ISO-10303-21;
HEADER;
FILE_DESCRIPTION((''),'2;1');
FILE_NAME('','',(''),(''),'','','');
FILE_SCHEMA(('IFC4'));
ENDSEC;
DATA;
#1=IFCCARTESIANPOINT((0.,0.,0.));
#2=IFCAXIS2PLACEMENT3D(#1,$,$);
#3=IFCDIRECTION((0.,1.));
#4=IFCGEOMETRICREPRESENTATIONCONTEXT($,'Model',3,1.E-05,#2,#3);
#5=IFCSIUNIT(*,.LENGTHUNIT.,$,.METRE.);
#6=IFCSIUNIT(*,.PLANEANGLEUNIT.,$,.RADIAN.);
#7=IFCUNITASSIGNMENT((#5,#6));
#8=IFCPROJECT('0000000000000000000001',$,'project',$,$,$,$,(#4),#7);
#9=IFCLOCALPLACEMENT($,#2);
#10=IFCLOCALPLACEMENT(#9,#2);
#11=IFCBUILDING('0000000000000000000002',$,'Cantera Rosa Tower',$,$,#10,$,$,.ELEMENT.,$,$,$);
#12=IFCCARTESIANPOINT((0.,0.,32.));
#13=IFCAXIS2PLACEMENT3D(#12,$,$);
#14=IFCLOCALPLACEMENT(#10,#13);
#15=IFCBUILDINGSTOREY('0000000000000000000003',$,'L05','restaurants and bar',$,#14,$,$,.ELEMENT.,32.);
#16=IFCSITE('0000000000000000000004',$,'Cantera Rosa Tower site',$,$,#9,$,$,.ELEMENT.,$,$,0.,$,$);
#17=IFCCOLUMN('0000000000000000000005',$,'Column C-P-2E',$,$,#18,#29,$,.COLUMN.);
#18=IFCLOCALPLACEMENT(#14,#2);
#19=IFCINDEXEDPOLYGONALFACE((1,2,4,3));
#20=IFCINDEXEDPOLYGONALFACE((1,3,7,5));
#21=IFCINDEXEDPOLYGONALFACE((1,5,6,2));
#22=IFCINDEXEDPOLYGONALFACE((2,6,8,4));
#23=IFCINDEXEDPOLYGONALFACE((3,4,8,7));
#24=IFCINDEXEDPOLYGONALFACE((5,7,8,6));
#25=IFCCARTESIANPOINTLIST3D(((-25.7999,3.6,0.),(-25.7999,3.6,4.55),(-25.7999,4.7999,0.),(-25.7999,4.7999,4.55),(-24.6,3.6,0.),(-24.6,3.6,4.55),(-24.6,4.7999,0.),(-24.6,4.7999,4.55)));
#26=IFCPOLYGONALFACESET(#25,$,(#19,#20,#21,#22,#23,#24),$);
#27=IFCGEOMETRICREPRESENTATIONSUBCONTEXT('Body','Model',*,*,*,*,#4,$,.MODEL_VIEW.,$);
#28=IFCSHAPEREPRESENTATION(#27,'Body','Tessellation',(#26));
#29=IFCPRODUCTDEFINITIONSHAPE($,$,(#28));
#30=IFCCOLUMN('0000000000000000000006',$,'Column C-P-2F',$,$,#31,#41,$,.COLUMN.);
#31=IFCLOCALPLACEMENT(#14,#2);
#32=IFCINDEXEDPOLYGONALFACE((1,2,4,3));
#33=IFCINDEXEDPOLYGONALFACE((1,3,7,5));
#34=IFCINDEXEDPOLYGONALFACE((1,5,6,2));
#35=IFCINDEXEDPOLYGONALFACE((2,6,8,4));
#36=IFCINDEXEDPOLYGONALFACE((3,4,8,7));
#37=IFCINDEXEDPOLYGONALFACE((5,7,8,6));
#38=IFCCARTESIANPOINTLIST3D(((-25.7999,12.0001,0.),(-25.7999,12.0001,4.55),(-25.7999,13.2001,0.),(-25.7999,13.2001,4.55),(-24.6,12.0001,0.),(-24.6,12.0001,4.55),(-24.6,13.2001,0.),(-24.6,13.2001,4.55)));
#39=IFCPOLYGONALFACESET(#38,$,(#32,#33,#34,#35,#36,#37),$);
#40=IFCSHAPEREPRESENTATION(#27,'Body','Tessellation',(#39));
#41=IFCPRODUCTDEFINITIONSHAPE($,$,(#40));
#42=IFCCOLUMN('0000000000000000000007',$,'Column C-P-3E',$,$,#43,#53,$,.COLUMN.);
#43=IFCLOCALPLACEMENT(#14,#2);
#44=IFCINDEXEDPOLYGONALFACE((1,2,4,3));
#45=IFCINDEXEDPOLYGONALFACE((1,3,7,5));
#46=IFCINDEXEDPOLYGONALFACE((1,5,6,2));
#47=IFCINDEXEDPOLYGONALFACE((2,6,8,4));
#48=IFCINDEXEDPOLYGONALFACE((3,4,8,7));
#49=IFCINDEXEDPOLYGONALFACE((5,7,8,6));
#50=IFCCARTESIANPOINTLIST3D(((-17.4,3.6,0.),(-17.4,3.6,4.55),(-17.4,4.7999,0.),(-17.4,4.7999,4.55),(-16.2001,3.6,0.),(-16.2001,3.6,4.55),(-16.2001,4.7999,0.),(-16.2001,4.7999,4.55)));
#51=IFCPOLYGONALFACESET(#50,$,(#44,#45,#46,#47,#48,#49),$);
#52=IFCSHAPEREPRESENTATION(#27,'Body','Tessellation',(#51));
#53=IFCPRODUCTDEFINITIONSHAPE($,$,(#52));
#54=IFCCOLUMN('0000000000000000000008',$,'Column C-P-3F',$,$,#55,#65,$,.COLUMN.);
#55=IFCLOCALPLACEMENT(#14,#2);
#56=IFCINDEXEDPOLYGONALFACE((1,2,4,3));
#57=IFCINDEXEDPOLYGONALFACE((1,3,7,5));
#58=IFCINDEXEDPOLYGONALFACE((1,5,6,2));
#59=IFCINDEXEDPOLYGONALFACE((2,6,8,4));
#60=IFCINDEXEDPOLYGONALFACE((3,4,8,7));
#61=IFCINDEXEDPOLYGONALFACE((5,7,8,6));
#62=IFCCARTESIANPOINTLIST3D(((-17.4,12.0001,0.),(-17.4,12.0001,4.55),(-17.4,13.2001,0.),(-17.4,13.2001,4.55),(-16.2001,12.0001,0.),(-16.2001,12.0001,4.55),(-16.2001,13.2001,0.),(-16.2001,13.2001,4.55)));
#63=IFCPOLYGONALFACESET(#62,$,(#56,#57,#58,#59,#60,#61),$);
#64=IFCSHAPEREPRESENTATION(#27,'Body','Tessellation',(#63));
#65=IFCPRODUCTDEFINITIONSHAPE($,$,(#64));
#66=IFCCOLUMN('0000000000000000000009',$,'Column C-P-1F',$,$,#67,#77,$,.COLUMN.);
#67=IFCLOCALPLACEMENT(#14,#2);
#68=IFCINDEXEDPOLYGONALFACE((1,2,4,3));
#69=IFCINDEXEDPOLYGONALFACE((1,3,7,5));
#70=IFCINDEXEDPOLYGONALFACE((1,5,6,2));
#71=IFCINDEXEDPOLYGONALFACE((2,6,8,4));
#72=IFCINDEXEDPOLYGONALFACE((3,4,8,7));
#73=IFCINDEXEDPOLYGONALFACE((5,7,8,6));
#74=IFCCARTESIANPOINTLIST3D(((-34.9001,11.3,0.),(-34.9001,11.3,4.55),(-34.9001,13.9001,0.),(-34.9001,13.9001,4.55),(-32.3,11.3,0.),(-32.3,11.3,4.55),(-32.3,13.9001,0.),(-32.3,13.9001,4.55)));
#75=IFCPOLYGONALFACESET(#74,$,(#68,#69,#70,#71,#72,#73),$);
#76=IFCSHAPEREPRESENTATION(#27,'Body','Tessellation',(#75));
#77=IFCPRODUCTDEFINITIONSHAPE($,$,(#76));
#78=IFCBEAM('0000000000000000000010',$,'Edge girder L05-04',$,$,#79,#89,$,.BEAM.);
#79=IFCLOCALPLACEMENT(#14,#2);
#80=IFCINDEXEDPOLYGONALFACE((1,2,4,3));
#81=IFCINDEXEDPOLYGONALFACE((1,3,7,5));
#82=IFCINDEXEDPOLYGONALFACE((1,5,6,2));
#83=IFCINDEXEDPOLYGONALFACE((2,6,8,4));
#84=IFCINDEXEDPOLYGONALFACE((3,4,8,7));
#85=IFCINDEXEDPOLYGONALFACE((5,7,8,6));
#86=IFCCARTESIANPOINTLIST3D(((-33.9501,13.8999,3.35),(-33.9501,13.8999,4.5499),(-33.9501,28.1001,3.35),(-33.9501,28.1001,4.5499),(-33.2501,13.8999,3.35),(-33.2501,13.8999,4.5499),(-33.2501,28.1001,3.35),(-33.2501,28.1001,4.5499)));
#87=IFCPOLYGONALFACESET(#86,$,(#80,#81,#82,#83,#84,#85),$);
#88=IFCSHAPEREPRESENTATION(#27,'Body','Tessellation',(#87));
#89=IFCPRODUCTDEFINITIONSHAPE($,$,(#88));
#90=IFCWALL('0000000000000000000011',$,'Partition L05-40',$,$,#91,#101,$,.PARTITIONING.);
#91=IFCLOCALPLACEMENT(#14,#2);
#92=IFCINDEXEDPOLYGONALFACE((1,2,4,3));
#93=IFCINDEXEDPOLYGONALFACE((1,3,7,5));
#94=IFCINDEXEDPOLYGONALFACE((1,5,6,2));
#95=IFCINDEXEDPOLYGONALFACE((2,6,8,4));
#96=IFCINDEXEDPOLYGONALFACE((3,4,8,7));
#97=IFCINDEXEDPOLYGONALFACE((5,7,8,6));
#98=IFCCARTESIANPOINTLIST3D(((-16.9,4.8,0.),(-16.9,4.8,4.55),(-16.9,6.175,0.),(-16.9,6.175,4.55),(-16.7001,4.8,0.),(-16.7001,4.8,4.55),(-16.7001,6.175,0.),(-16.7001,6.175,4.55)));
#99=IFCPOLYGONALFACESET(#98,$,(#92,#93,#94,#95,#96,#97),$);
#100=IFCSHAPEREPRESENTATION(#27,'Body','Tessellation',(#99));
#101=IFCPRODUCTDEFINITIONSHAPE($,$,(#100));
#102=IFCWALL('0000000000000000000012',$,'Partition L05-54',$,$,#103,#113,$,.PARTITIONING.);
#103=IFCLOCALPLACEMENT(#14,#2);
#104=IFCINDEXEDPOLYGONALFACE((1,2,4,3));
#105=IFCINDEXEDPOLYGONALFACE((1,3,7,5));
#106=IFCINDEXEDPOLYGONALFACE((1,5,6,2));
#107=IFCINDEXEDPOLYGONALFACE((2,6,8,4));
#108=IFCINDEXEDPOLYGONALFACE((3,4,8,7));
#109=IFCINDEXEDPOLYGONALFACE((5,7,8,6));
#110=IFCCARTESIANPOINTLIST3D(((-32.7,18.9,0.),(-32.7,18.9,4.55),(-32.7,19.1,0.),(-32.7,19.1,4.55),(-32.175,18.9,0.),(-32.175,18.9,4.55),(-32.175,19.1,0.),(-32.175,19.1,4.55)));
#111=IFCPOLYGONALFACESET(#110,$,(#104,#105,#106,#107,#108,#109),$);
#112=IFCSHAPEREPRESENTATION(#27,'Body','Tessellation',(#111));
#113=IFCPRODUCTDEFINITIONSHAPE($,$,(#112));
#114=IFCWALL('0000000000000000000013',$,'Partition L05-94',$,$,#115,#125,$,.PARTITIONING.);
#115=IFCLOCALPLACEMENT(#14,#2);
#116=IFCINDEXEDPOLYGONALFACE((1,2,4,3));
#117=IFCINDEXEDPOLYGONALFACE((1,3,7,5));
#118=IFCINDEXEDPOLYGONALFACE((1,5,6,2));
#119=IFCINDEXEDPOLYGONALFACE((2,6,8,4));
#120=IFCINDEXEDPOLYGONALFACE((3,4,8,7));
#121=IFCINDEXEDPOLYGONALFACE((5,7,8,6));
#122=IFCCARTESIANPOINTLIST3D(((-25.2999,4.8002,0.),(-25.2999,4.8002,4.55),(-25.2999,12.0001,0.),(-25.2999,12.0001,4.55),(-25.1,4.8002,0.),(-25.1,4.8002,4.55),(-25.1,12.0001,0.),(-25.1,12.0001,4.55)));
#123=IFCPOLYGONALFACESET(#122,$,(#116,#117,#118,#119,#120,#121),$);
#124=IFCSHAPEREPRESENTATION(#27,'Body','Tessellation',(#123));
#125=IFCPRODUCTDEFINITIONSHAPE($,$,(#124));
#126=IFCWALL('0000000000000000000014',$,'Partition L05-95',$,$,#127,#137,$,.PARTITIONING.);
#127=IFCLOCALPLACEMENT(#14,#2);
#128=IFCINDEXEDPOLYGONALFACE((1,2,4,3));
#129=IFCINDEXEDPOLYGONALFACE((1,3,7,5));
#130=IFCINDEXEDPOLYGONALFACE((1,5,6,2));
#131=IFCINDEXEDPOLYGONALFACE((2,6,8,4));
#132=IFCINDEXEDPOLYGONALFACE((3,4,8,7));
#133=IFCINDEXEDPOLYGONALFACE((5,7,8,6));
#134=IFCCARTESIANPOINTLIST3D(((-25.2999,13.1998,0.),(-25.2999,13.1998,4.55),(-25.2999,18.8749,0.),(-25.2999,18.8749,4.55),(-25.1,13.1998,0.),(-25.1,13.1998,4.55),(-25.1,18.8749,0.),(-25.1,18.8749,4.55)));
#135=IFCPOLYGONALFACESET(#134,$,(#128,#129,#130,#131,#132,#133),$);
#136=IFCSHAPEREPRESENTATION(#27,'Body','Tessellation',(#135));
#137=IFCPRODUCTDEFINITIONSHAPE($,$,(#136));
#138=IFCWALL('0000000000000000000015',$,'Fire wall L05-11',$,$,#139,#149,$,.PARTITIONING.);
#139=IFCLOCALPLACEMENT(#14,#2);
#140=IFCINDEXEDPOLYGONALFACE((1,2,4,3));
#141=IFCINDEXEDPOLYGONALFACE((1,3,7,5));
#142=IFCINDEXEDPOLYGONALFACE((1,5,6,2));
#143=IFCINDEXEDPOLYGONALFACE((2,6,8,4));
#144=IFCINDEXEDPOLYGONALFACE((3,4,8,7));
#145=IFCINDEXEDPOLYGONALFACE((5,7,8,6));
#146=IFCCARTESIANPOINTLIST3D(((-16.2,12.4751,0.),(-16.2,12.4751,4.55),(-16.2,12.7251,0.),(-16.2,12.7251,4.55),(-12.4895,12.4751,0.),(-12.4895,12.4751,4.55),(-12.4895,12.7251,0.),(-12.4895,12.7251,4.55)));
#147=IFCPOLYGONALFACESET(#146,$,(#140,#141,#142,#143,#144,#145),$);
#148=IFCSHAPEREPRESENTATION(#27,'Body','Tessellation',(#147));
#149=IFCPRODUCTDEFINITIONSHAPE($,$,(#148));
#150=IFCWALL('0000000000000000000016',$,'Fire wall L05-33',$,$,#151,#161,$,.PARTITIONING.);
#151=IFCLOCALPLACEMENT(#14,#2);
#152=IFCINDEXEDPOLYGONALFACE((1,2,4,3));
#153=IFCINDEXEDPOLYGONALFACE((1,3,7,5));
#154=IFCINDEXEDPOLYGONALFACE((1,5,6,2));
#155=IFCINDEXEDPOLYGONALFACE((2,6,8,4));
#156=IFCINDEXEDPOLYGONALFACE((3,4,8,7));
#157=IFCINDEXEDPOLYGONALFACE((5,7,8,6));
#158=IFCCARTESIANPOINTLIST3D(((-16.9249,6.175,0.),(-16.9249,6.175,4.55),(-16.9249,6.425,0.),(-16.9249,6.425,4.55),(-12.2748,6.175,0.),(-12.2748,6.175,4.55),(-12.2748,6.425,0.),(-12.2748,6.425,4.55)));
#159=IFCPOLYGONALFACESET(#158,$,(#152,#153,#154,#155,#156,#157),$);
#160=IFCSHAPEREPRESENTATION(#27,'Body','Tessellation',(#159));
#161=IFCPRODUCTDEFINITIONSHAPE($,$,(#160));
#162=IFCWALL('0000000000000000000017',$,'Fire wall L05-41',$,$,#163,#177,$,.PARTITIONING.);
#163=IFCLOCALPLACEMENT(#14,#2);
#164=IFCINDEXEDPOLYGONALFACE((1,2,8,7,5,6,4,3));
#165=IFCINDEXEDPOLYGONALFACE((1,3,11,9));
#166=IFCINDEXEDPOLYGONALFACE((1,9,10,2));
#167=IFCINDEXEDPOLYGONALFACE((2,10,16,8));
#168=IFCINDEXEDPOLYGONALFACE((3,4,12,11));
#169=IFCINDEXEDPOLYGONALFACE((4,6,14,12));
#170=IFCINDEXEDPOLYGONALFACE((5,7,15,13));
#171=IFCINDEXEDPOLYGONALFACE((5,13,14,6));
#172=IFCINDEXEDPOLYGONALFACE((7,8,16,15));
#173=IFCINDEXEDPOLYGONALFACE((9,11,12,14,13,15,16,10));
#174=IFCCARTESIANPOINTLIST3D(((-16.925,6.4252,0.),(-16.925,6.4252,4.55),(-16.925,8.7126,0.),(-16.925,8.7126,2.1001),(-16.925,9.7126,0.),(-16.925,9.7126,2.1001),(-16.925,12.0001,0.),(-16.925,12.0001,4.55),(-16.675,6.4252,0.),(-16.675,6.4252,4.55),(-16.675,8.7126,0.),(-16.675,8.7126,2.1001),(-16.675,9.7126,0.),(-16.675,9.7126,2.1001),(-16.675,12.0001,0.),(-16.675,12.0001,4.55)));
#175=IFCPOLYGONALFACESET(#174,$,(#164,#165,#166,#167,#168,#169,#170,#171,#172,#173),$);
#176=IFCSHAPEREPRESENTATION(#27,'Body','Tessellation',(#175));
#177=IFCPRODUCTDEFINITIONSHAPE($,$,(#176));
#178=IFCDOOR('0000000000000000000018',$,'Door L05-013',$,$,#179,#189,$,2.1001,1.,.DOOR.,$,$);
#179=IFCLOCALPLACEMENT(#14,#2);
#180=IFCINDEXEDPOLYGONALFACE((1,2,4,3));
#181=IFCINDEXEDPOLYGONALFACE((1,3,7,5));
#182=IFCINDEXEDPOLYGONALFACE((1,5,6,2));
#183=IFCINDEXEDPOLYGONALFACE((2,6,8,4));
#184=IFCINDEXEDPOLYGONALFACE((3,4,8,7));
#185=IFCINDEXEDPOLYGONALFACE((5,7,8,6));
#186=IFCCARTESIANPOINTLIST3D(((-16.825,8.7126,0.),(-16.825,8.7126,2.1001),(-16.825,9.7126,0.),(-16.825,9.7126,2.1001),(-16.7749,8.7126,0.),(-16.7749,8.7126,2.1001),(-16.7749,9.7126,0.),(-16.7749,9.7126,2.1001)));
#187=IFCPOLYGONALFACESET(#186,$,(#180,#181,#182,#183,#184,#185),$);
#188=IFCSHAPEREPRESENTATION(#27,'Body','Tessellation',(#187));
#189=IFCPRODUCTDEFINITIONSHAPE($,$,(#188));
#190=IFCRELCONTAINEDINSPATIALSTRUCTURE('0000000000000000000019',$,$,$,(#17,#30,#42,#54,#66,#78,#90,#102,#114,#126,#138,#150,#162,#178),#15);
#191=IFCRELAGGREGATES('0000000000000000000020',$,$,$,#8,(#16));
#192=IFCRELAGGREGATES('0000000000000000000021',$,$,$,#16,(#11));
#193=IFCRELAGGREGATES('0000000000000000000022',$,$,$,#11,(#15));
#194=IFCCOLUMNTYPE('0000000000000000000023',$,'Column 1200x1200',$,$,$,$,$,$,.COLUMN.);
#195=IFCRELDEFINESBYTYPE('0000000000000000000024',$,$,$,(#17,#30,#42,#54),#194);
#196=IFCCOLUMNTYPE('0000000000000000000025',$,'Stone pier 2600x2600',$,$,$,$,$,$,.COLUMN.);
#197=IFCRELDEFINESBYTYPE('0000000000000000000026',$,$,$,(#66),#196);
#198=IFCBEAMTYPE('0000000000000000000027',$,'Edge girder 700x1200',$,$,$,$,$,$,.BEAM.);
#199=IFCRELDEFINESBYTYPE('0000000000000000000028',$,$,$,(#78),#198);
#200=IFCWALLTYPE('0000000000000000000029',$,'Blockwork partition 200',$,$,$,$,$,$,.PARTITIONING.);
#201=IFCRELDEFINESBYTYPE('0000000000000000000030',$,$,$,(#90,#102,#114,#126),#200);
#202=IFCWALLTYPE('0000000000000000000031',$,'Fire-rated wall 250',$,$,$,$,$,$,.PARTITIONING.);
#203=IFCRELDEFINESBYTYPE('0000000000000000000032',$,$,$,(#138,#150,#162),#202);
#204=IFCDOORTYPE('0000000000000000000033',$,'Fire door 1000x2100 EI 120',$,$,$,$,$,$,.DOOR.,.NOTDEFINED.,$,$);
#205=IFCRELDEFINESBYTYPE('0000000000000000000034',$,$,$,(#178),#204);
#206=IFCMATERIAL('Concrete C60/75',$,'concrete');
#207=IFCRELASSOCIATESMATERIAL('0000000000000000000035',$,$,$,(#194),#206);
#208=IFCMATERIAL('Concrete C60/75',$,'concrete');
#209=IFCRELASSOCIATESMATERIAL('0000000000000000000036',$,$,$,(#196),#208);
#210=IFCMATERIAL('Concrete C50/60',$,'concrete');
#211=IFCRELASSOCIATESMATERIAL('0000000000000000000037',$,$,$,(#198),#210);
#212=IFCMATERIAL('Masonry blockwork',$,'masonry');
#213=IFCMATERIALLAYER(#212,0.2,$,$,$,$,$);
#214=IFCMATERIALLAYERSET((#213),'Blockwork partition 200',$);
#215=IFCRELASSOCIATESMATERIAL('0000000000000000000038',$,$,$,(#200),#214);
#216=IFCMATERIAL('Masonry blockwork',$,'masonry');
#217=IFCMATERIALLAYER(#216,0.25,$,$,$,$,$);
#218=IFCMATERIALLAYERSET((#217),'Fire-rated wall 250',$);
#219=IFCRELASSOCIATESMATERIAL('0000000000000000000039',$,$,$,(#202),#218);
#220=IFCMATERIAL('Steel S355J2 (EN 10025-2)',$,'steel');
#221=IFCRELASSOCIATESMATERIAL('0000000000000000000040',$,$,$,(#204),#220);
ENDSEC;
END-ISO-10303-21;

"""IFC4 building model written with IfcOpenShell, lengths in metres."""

from ifc_helpers import new_model, si_unit, direction, frame, frame_2d, origin, origin_2d, place, context, subcontext, project, spatial, rectangle, extrude, material, layer, layer_set, material_profile, profile_set, type_object, element, fill, save


model = new_model("IFC4")

# Units and contexts
model_context = context("Model", 3, precision=1e-05, world=origin(), true_north=direction((0.0, 1.0)))
body_context = subcontext(model_context, "Body", "Model", "MODEL_VIEW")
ifc_project = project(units=[si_unit("LENGTHUNIT", "METRE"), si_unit("PLANEANGLEUNIT", "RADIAN")], contexts=[model_context])

# Site, building, storey
site_placement = place(None, origin())
site = spatial("IfcSite", under=ifc_project, at=site_placement, Name="Cantera Rosa Tower site", CompositionType="ELEMENT", RefElevation=0.0)
building_placement = place(site_placement, origin())
building = spatial("IfcBuilding", under=site, at=building_placement, Name="Cantera Rosa Tower", CompositionType="ELEMENT")
storey_placement = place(building_placement, frame((0.0, 0.0, 32.0)))
storey = spatial("IfcBuildingStorey", under=building, at=storey_placement, Name="L05", Description="restaurants and bar", CompositionType="ELEMENT", Elevation=32.0)

# Columns
ifc_material_1 = material(Name="Concrete C60/75", Category="concrete")
ifc_material_profile_1 = material_profile(ifc_material_1, rectangle(XDim=1.2, YDim=1.2, at=origin_2d()), Name="Column 1200x1200")
ifc_profile_set_1 = profile_set([ifc_material_profile_1], Name="Concrete C60/75")
column_type_1 = type_object("IfcColumnType", Name="Column 1200x1200", PredefinedType="COLUMN", material=ifc_profile_set_1)
for number, where, z_axis, x_axis, name in (
    (1, (-25.2, 4.2, 0.0), (0.0, 0.0, 1.0), (1.0, 0.0, 0.0), "Column C-P-2E"),
    (2, (-25.2, 12.6001, 0.0), (0.0, 0.0, 1.0), (1.0, 0.0, 0.0), "Column C-P-2F"),
    (3, (-16.8, 4.2, 0.0), (0.0, 0.0, 1.0), (1.0, 0.0, 0.0), "Column C-P-3E"),
    (4, (-16.8, 12.6001, 0.0), (0.0, 0.0, 1.0), (1.0, 0.0, 0.0), "Column C-P-3F"),
):
    element("IfcColumn", number, at=place(storey_placement, frame(where, z_axis=z_axis, x_axis=x_axis)), inside=storey, type_object=column_type_1, Name=name, PredefinedType="COLUMN", context=body_context, shape_type="SweptSolid", body=[
        extrude(rectangle(XDim=1.2, YDim=1.2, at=origin_2d()), origin(), (0.0, 0.0, 1.0), 4.55),
    ])
ifc_material_2 = material(Name="Concrete C60/75", Category="concrete")
ifc_material_profile_2 = material_profile(ifc_material_2, rectangle(XDim=2.6001, YDim=2.6001, at=origin_2d()), Name="Stone pier 2600x2600")
ifc_profile_set_2 = profile_set([ifc_material_profile_2], Name="Concrete C60/75")
column_type_2 = type_object("IfcColumnType", Name="Stone pier 2600x2600", PredefinedType="COLUMN", material=ifc_profile_set_2)
column_placement = place(storey_placement, frame((-33.6001, 12.6001, 0.0), z_axis=(0.0, 0.0, 1.0), x_axis=(1.0, 0.0, 0.0)))
element("IfcColumn", 5, at=column_placement, inside=storey, type_object=column_type_2, Name="Column C-P-1F", PredefinedType="COLUMN", context=body_context, shape_type="SweptSolid", body=[
    extrude(rectangle(XDim=2.6001, YDim=2.6001, at=origin_2d()), origin(), (0.0, 0.0, 1.0), 4.55),
])

# Beam
ifc_material_3 = material(Name="Concrete C50/60", Category="concrete")
ifc_material_profile_3 = material_profile(ifc_material_3, rectangle(XDim=0.7, YDim=1.2, at=origin_2d()), Name="Edge girder 700x1200")
ifc_profile_set_3 = profile_set([ifc_material_profile_3], Name="Concrete C50/60")
beam_type = type_object("IfcBeamType", Name="Edge girder 700x1200", PredefinedType="BEAM", material=ifc_profile_set_3)
beam_placement = place(storey_placement, frame((-33.6001, 13.8999, 3.95), z_axis=(0.0, 1.0, 0.0), x_axis=(-1.0, 0.0, 0.0)))
element("IfcBeam", 6, at=beam_placement, inside=storey, type_object=beam_type, Name="Edge girder L05-04", PredefinedType="BEAM", context=body_context, shape_type="SweptSolid", body=[
    extrude(rectangle(XDim=0.7, YDim=1.2, at=origin_2d()), origin(), (0.0, 0.0, 1.0), 14.2002),
])

# Walls
ifc_material_4 = material(Name="Masonry blockwork", Category="masonry")
ifc_layer_1 = layer(ifc_material_4, 0.2)
ifc_layer_set_1 = layer_set([ifc_layer_1], Name="Blockwork partition 200")
wall_type_1 = type_object("IfcWallType", Name="Blockwork partition 200", PredefinedType="PARTITIONING", material=ifc_layer_set_1)
wall_1_placement = place(storey_placement, frame((-16.8, 4.8, 0.0), z_axis=(0.0, 0.0, 1.0), x_axis=(0.0, 1.0, 0.0)))
element("IfcWall", 7, at=wall_1_placement, inside=storey, type_object=wall_type_1, Name="Partition L05-40", PredefinedType="PARTITIONING", context=body_context, shape_type="SweptSolid", body=[
    extrude(rectangle(XDim=1.375, YDim=0.2, at=frame_2d((0.6875, 0.0))), origin(), (0.0, 0.0, 1.0), 4.55),
])
wall_2_placement = place(storey_placement, frame((-32.7, 19.0, 0.0), z_axis=(0.0, 0.0, 1.0), x_axis=(1.0, 0.0, 0.0)))
element("IfcWall", 8, at=wall_2_placement, inside=storey, type_object=wall_type_1, Name="Partition L05-54", PredefinedType="PARTITIONING", context=body_context, shape_type="SweptSolid", body=[
    extrude(rectangle(XDim=0.5249, YDim=0.2, at=frame_2d((0.2625, 0.0))), origin(), (0.0, 0.0, 1.0), 4.55),
])
wall_3_placement = place(storey_placement, frame((-25.2, 4.8, 0.0), z_axis=(0.0, 0.0, 1.0), x_axis=(0.0, 1.0, 0.0)))
element("IfcWall", 9, at=wall_3_placement, inside=storey, type_object=wall_type_1, Name="Partition L05-94", PredefinedType="PARTITIONING", context=body_context, shape_type="SweptSolid", body=[
    extrude(rectangle(XDim=7.2, YDim=0.2, at=frame_2d((3.6001, 0.0))), origin(), (0.0, 0.0, 1.0), 4.55),
])
wall_4_placement = place(storey_placement, frame((-25.2, 13.2, 0.0), z_axis=(0.0, 0.0, 1.0), x_axis=(0.0, 1.0, 0.0)))
element("IfcWall", 10, at=wall_4_placement, inside=storey, type_object=wall_type_1, Name="Partition L05-95", PredefinedType="PARTITIONING", context=body_context, shape_type="SweptSolid", body=[
    extrude(rectangle(XDim=5.675, YDim=0.2, at=frame_2d((2.8374, 0.0))), origin(), (0.0, 0.0, 1.0), 4.55),
])
ifc_material_5 = material(Name="Masonry blockwork", Category="masonry")
ifc_layer_2 = layer(ifc_material_5, 0.25)
ifc_layer_set_2 = layer_set([ifc_layer_2], Name="Fire-rated wall 250")
wall_type_2 = type_object("IfcWallType", Name="Fire-rated wall 250", PredefinedType="PARTITIONING", material=ifc_layer_set_2)
wall_5_placement = place(storey_placement, frame((-16.2, 12.6001, 0.0), z_axis=(0.0, 0.0, 1.0), x_axis=(1.0, 0.0, 0.0)))
element("IfcWall", 11, at=wall_5_placement, inside=storey, type_object=wall_type_2, Name="Fire wall L05-11", PredefinedType="PARTITIONING", context=body_context, shape_type="SweptSolid", body=[
    extrude(rectangle(XDim=3.7104, YDim=0.25, at=frame_2d((1.8552, 0.0))), origin(), (0.0, 0.0, 1.0), 4.55),
])
wall_6_placement = place(storey_placement, frame((-16.925, 6.3, 0.0), z_axis=(0.0, 0.0, 1.0), x_axis=(1.0, 0.0, 0.0)))
element("IfcWall", 12, at=wall_6_placement, inside=storey, type_object=wall_type_2, Name="Fire wall L05-33", PredefinedType="PARTITIONING", context=body_context, shape_type="SweptSolid", body=[
    extrude(rectangle(XDim=4.6501, YDim=0.25, at=frame_2d((2.3252, 0.0))), origin(), (0.0, 0.0, 1.0), 4.55),
])

# Wall, opening, door
wall_7_placement = place(storey_placement, frame((-16.8, 6.425, 0.0), z_axis=(0.0, 0.0, 1.0), x_axis=(0.0, 1.0, 0.0)))
wall_7 = element("IfcWall", 13, at=wall_7_placement, inside=storey, type_object=wall_type_2, Name="Fire wall L05-41", PredefinedType="PARTITIONING", context=body_context, shape_type="SweptSolid", body=[
    extrude(rectangle(XDim=5.575, YDim=0.25, at=frame_2d((2.7876, 0.0))), origin(), (0.0, 0.0, 1.0), 4.55),
])
opening_1_placement = place(wall_7_placement, frame((2.2876, 0.0, 0.0)))
opening_1 = element("IfcOpeningElement", 14, at=opening_1_placement, cuts=wall_7, PredefinedType="OPENING", context=body_context, shape_type="SweptSolid", body=[
    extrude(rectangle(XDim=1.0, YDim=2.1001, at=frame_2d((0.5, 1.05))), frame((0.0, 0.135, 0.0), z_axis=(0.0, -1.0, 0.0), x_axis=(1.0, 0.0, 0.0)), (0.0, 0.0, 1.0), 0.27),
])
ifc_material_6 = material(Name="Steel S355J2 (EN 10025-2)", Category="steel")
door_type_1 = type_object("IfcDoorType", Name="Fire door 1000x2100 EI 120", OperationType="NOTDEFINED", PredefinedType="DOOR", material=ifc_material_6)
door_1_placement = place(opening_1_placement, origin())
door_1 = element("IfcDoor", 15, at=door_1_placement, inside=storey, type_object=door_type_1, Name="Door L05-013", OverallHeight=2.1001, OverallWidth=1.0, PredefinedType="DOOR", context=body_context, shape_type="SweptSolid", body=[
    extrude(rectangle(XDim=1.0, YDim=2.1001, at=frame_2d((0.5, 1.05))), frame((0.0, 0.0249, 0.0), z_axis=(0.0, -1.0, 0.0), x_axis=(1.0, 0.0, 0.0)), (0.0, 0.0, 1.0), 0.05),
])
fill(opening_1, door_1)

save(model, "model.ifc")
